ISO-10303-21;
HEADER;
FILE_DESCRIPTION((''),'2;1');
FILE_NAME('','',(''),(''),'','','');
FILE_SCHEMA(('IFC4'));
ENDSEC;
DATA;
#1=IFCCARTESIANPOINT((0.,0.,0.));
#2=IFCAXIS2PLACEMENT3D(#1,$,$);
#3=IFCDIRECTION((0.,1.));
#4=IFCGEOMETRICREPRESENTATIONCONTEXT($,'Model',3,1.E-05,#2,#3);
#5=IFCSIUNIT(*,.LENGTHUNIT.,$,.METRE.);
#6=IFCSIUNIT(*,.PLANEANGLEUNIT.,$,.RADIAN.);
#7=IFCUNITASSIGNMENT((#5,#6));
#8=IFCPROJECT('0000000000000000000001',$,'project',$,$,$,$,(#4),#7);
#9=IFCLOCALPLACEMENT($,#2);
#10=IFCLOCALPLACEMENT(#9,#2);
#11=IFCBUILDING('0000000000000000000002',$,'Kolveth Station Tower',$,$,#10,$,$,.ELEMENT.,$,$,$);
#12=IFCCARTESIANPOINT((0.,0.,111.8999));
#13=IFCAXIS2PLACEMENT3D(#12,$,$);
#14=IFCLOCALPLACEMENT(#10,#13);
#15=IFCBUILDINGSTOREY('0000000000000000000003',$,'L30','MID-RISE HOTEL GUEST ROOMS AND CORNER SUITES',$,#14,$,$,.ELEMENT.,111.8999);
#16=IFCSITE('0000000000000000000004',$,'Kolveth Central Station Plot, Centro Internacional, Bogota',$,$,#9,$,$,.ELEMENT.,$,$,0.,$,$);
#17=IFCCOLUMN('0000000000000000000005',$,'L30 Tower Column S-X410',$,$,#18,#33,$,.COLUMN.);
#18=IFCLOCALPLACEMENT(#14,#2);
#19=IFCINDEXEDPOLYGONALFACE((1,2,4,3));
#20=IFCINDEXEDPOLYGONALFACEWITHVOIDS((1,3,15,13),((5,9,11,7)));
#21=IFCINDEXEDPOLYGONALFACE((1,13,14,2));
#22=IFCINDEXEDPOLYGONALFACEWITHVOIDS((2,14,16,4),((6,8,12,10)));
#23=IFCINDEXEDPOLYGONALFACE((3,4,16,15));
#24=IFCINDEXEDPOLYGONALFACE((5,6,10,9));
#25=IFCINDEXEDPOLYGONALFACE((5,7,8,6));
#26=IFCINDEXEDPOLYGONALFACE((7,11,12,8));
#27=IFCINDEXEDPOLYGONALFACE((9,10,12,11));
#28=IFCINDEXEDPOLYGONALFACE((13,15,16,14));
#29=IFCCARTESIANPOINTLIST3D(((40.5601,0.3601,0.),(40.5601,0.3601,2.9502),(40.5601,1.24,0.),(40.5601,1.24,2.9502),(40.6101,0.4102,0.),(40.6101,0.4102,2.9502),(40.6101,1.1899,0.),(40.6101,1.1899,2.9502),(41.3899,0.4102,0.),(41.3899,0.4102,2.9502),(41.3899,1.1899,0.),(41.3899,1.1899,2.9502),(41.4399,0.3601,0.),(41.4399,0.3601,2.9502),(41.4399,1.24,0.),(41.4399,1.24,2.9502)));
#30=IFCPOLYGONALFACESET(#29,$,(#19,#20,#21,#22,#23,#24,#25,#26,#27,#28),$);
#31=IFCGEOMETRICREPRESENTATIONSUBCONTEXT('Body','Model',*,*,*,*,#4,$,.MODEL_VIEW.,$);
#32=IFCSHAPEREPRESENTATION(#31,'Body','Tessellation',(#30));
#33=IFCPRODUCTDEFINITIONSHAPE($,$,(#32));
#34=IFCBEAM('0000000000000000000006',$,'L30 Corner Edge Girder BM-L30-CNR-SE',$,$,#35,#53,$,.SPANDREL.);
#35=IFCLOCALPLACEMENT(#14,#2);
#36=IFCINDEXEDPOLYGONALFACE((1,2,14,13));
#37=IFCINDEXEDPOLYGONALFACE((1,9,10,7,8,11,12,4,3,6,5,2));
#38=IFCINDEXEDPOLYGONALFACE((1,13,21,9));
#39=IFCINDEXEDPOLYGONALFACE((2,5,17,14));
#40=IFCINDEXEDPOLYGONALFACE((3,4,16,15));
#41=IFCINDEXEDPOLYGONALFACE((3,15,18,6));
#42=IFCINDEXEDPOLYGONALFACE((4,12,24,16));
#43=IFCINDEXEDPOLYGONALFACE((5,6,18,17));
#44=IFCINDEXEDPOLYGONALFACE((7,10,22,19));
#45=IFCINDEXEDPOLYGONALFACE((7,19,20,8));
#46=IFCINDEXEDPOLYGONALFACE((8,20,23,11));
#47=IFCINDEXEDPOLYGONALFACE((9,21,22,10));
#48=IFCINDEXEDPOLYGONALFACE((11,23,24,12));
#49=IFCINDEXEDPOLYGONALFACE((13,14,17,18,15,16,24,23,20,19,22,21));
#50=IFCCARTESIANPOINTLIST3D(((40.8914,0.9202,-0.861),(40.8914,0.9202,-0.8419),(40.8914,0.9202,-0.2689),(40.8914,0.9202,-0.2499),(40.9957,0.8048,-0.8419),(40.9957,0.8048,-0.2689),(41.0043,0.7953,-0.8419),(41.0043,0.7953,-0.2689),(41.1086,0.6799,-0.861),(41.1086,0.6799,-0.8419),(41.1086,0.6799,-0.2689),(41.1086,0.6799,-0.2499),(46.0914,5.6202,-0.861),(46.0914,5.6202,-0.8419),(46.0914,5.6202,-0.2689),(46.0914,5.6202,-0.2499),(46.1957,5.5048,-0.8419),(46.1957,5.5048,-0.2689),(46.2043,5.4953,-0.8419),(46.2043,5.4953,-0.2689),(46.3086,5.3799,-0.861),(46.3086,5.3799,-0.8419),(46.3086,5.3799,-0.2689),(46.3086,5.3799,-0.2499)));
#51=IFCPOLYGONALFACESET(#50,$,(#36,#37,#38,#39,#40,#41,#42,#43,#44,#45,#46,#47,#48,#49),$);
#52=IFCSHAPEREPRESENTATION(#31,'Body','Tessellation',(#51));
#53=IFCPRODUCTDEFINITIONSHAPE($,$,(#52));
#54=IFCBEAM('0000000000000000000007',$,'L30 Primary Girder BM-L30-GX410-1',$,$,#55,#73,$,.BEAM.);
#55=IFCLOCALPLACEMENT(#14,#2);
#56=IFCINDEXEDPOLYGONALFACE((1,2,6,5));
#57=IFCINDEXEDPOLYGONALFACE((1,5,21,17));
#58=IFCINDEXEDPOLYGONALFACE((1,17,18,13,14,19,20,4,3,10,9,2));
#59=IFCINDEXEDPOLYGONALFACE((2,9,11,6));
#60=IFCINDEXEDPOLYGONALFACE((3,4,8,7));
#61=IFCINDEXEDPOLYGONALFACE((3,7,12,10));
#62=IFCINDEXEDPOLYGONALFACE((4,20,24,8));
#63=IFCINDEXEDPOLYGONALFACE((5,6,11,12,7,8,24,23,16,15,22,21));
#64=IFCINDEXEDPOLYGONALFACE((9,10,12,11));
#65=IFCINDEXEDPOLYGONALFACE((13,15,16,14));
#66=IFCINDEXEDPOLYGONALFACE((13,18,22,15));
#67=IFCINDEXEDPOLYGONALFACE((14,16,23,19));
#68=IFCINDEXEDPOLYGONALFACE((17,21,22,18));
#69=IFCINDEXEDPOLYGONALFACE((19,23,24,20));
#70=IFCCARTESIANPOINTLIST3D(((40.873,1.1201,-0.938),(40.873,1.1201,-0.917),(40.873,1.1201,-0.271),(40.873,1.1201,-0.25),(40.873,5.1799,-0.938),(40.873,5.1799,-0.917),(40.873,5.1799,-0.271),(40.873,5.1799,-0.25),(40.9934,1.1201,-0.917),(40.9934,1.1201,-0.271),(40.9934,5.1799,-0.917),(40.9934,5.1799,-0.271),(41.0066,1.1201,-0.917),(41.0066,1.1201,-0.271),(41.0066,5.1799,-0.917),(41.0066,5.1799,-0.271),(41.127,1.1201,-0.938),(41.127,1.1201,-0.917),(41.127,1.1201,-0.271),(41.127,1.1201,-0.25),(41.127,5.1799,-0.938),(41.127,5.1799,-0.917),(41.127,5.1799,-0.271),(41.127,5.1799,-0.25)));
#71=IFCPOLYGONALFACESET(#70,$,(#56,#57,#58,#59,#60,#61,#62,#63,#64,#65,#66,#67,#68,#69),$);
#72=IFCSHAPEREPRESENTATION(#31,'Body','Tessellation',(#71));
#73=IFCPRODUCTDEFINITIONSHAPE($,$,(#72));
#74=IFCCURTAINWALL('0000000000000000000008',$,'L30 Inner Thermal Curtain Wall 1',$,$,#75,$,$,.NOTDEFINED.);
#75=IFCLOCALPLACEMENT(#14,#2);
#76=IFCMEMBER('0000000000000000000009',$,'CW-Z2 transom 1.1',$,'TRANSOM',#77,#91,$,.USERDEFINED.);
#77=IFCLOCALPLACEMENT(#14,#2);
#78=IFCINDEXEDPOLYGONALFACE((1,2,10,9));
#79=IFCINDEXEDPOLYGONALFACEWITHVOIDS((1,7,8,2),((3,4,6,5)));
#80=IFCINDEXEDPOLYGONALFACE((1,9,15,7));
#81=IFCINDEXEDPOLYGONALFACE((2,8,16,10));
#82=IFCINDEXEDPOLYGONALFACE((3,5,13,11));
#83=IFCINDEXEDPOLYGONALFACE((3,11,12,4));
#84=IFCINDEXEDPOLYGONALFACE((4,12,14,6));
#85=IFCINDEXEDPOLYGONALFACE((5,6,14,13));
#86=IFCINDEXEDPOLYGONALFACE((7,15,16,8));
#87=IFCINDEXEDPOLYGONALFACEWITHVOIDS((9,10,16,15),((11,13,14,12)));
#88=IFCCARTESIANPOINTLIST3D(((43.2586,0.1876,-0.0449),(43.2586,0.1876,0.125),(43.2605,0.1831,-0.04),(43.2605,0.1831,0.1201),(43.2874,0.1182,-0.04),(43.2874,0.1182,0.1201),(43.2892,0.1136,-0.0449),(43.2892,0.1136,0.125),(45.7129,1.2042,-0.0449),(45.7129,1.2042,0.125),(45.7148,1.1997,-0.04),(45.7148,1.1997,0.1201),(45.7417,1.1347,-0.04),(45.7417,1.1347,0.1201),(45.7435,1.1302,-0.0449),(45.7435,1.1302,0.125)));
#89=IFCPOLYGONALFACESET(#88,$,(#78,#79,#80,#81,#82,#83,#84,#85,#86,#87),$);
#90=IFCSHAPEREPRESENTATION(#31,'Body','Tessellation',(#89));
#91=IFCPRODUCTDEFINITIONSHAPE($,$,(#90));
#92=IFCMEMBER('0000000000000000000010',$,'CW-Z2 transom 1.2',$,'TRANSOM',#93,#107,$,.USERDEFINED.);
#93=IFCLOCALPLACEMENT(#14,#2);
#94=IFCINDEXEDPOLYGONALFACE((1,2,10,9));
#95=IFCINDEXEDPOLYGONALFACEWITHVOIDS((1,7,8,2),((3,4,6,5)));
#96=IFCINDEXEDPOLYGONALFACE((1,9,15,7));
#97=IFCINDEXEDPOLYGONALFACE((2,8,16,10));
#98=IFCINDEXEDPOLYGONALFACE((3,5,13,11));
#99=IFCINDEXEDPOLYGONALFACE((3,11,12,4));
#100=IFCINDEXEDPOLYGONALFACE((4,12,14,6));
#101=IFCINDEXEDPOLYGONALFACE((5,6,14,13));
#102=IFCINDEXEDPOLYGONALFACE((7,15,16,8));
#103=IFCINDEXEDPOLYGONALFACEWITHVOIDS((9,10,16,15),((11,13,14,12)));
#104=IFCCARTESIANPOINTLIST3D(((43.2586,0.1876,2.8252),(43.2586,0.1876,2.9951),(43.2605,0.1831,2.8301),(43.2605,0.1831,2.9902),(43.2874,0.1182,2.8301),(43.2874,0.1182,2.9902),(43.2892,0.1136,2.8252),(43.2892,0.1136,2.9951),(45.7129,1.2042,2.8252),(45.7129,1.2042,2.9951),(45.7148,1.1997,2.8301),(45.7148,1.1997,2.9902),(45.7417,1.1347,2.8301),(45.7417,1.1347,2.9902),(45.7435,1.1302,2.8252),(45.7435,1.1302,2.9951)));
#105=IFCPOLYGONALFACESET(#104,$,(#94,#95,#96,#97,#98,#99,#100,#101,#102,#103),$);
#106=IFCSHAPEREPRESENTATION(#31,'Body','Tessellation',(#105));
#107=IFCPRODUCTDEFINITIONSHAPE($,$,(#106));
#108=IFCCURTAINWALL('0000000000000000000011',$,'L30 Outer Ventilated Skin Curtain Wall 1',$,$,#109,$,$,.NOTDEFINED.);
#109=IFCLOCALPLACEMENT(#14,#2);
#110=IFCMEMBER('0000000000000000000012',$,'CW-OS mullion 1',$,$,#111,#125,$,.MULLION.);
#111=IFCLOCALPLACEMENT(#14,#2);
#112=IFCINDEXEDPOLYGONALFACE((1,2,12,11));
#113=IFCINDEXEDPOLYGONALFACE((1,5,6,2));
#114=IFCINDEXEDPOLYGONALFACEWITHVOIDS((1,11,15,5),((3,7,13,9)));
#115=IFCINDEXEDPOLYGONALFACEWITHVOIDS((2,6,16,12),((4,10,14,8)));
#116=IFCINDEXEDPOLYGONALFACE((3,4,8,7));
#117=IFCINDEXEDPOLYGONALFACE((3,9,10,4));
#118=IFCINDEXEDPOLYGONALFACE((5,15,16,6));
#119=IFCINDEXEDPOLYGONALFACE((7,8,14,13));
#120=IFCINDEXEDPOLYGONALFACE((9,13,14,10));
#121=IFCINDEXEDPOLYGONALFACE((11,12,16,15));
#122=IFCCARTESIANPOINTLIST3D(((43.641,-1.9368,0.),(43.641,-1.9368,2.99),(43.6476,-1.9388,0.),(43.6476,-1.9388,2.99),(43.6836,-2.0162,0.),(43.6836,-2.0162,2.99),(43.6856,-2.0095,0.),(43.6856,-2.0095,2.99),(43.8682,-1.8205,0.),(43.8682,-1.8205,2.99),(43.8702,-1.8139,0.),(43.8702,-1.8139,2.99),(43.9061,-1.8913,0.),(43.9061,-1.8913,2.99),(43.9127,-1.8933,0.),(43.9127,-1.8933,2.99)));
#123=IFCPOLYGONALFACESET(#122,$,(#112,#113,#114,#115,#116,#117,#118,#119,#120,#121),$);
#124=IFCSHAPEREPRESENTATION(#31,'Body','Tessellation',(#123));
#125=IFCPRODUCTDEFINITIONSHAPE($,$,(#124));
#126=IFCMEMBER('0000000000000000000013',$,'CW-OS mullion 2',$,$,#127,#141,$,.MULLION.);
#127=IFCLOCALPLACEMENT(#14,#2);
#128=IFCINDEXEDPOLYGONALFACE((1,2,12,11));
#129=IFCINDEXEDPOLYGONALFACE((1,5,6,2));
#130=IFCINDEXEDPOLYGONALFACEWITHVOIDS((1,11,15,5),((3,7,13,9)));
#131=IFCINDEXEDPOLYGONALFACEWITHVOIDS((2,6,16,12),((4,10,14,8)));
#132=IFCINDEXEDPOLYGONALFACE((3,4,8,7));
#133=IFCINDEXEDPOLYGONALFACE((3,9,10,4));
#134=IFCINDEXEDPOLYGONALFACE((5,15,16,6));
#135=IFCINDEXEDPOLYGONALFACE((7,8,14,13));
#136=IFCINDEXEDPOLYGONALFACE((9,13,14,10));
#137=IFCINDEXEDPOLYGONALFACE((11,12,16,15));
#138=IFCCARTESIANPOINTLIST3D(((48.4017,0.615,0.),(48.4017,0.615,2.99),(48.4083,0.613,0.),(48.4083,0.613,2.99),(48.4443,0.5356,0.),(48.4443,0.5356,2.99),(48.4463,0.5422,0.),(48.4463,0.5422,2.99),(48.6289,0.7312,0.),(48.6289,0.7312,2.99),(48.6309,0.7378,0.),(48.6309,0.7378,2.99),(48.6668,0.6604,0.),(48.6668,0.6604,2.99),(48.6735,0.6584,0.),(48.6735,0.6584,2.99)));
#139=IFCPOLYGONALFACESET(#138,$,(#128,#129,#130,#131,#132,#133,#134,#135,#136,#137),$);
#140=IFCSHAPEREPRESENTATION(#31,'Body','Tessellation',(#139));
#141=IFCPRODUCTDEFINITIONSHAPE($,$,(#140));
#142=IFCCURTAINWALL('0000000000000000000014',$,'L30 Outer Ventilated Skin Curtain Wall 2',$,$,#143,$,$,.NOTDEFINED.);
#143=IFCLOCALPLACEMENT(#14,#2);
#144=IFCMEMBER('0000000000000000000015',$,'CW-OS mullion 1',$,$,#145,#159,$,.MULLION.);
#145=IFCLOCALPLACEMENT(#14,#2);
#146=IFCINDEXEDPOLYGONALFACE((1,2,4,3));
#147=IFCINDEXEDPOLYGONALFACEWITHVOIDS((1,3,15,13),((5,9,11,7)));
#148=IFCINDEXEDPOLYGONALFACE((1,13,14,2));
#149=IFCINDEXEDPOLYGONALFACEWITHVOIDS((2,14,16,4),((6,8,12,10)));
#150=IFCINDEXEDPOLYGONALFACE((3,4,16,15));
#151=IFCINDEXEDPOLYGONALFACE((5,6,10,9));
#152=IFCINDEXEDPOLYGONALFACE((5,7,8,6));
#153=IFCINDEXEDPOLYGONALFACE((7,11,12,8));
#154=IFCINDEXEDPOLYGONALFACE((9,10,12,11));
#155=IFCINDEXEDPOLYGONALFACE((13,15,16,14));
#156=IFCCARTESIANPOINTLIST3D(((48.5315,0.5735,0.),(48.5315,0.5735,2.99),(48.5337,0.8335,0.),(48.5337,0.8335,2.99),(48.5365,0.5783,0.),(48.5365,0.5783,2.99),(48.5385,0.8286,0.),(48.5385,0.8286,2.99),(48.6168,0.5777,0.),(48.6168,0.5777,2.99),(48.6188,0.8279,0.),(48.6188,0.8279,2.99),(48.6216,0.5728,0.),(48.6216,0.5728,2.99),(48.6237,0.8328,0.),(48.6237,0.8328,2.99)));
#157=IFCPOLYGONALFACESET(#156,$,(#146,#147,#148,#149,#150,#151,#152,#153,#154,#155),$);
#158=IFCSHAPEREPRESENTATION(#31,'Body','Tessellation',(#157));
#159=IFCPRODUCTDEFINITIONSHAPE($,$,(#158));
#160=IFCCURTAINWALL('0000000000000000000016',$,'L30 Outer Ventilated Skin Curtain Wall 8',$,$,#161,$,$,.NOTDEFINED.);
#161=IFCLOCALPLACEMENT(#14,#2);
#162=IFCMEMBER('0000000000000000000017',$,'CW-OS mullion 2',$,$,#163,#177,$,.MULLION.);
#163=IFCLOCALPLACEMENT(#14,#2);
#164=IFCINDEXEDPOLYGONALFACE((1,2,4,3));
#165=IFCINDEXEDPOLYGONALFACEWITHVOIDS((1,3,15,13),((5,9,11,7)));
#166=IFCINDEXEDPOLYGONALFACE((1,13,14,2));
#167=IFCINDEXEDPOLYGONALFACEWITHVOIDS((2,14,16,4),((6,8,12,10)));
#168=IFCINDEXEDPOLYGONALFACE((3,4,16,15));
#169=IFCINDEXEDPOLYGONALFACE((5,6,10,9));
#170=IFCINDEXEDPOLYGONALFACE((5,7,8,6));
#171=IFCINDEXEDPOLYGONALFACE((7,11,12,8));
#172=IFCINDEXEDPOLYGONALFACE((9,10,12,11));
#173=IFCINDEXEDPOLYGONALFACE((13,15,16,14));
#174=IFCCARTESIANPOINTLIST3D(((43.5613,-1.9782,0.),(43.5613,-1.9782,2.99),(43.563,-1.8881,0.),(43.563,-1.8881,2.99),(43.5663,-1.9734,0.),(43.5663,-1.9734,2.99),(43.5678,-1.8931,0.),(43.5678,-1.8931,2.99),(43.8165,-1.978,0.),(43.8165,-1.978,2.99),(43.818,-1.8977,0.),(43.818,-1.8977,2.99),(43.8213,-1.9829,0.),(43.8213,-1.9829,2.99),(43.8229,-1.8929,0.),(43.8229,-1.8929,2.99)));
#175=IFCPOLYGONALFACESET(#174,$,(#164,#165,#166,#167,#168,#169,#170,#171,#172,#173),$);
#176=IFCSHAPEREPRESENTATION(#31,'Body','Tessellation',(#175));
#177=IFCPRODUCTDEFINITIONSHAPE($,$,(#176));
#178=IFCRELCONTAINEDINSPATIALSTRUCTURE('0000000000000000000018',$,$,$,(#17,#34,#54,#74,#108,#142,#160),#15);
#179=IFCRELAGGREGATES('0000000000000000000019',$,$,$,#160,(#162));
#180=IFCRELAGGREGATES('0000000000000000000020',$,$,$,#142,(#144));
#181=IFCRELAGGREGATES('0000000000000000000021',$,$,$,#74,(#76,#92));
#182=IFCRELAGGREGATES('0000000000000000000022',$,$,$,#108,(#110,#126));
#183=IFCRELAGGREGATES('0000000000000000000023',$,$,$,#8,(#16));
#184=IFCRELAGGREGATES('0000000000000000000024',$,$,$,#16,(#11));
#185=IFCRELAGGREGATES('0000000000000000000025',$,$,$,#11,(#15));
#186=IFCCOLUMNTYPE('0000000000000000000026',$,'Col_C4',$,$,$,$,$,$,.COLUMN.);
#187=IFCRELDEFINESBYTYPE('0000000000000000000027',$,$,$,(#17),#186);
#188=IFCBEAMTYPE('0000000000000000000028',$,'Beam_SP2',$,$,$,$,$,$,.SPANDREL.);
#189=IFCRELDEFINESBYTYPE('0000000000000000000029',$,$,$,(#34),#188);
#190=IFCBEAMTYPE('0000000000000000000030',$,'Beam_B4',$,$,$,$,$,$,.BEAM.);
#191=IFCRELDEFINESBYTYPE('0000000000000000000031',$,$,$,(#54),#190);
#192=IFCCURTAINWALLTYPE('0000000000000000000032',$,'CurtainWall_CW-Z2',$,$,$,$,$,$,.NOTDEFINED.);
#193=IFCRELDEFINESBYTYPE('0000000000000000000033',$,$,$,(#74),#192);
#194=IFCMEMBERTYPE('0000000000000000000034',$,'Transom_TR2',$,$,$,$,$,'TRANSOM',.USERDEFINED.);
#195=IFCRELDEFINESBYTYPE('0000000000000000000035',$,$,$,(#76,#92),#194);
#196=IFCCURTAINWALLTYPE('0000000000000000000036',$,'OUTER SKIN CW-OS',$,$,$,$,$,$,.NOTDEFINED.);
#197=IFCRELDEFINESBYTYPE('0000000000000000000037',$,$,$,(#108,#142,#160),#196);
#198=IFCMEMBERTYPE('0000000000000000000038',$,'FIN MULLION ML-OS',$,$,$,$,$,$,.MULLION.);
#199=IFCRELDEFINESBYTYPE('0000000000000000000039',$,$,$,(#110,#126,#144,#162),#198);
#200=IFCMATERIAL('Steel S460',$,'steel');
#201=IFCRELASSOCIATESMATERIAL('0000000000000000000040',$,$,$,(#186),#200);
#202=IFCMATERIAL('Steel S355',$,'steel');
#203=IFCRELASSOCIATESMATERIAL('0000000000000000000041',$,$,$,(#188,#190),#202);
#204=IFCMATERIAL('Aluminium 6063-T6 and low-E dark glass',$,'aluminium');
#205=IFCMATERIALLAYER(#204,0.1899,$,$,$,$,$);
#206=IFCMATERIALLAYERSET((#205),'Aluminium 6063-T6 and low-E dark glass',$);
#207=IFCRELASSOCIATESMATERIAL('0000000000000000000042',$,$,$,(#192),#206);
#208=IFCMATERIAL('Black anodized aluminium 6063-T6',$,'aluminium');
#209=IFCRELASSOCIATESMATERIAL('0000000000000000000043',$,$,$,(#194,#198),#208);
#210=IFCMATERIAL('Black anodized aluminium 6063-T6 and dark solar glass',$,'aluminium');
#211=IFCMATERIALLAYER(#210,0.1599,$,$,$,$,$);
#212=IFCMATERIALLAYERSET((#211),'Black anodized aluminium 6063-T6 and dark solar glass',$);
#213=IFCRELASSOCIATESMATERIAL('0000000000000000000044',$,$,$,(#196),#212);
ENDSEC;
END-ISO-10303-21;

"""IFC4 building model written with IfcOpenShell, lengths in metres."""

from ifc_helpers import new_model, si_unit, direction, frame, origin, origin_2d, place, context, subcontext, project, spatial, hollow_rectangle, i_section, extrude, source, transform, mapped, material, layer, layer_set, material_profile, profile_set, type_object, element, aggregate, save


model = new_model("IFC4")

# Units and contexts
model_context = context("Model", 3, precision=1e-05, world=origin(), true_north=direction((0.0, 1.0)))
body_context = subcontext(model_context, "Body", "Model", "MODEL_VIEW")
ifc_project = project(units=[si_unit("LENGTHUNIT", "METRE"), si_unit("PLANEANGLEUNIT", "RADIAN")], contexts=[model_context])

# Site, building, storey
site_placement = place(None, origin())
site = spatial("IfcSite", under=ifc_project, at=site_placement, Name="Kolveth Central Station Plot, Centro Internacional, Bogota", CompositionType="ELEMENT", RefElevation=0.0)
building_placement = place(site_placement, origin())
building = spatial("IfcBuilding", under=site, at=building_placement, Name="Kolveth Station Tower", CompositionType="ELEMENT")
storey_placement = place(building_placement, frame((0.0, 0.0, 111.8999)))
storey = spatial("IfcBuildingStorey", under=building, at=storey_placement, Name="L30", Description="MID-RISE HOTEL GUEST ROOMS AND CORNER SUITES", CompositionType="ELEMENT", Elevation=111.8999)

# Column
ifc_material_1 = material(Name="Steel S460", Category="steel")
ifc_material_profile_1 = material_profile(ifc_material_1, hollow_rectangle(XDim=0.8799, YDim=0.8799, WallThickness=0.05, at=origin_2d()), Name="BOX880x880x50")
ifc_profile_set_1 = profile_set([ifc_material_profile_1], Name="Steel S460")
column_type = type_object("IfcColumnType", Name="Col_C4", PredefinedType="COLUMN", material=ifc_profile_set_1)
shared_shape_1 = source(origin(), body_context, "Body", "SweptSolid", [
    extrude(hollow_rectangle(XDim=0.8799, YDim=0.8799, WallThickness=0.05, at=origin_2d()), origin(), (0.0, 0.0, 1.0), 2.9502),
])
column_placement = place(storey_placement, frame((41.0, 0.8, 0.0), z_axis=(0.0, 0.0, 1.0), x_axis=(1.0, 0.0, 0.0)))
element("IfcColumn", 1, at=column_placement, inside=storey, type_object=column_type, Name="L30 Tower Column S-X410", PredefinedType="COLUMN", context=body_context, shape_type="MappedRepresentation", body=[
    mapped(shared_shape_1, transform((0.0, 0.0, 0.0), x_axis=(1.0, 0.0, 0.0), y_axis=(0.0, 1.0, 0.0), z_axis=(0.0, 0.0, 1.0), scale=1.0)),
])

# Beams
ifc_material_2 = material(Name="Steel S355", Category="steel")
ifc_material_profile_2 = material_profile(ifc_material_2, i_section(OverallWidth=0.324, OverallDepth=0.6111, WebThickness=0.0127, FlangeThickness=0.019, at=origin_2d()), Name="W610x155")
ifc_profile_set_2 = profile_set([ifc_material_profile_2], Name="Steel S355")
beam_type_1 = type_object("IfcBeamType", Name="Beam_SP2", PredefinedType="SPANDREL", material=ifc_profile_set_2)
shared_shape_2 = source(origin(), body_context, "Body", "SweptSolid", [
    extrude(i_section(OverallWidth=0.324, OverallDepth=0.6111, WebThickness=0.0127, FlangeThickness=0.019, at=origin_2d()), origin(), (0.0, 0.0, 1.0), 7.0093),
])
beam_1_placement = place(storey_placement, frame((41.0, 0.8, -0.5554), z_axis=(0.741874, 0.670539, 0.0), x_axis=(-0.670539, 0.741874, 0.0)))
element("IfcBeam", 2, at=beam_1_placement, inside=storey, type_object=beam_type_1, Name="L30 Corner Edge Girder BM-L30-CNR-SE", PredefinedType="SPANDREL", context=body_context, shape_type="MappedRepresentation", body=[
    mapped(shared_shape_2, transform((0.0, 0.0, 0.0), x_axis=(1.0, 0.0, 0.0), y_axis=(0.0, 1.0, 0.0), z_axis=(0.0, 0.0, 1.0), scale=1.0)),
])
ifc_material_profile_3 = material_profile(ifc_material_2, i_section(OverallWidth=0.2539, OverallDepth=0.688, WebThickness=0.0132, FlangeThickness=0.021, at=origin_2d()), Name="W690x152")
ifc_profile_set_3 = profile_set([ifc_material_profile_3], Name="Steel S355")
beam_type_2 = type_object("IfcBeamType", Name="Beam_B4", PredefinedType="BEAM", material=ifc_profile_set_3)
shared_shape_3 = source(origin(), body_context, "Body", "SweptSolid", [
    extrude(i_section(OverallWidth=0.2539, OverallDepth=0.688, WebThickness=0.0132, FlangeThickness=0.021, at=origin_2d()), origin(), (0.0, 0.0, 1.0), 4.0598),
])
beam_2_placement = place(storey_placement, frame((41.0, 1.1201, -0.594), z_axis=(0.0, 1.0, 0.0), x_axis=(-1.0, 0.0, 0.0)))
element("IfcBeam", 3, at=beam_2_placement, inside=storey, type_object=beam_type_2, Name="L30 Primary Girder BM-L30-GX410-1", PredefinedType="BEAM", context=body_context, shape_type="MappedRepresentation", body=[
    mapped(shared_shape_3, transform((0.0, 0.0, 0.0), x_axis=(1.0, 0.0, 0.0), y_axis=(0.0, 1.0, 0.0), z_axis=(0.0, 0.0, 1.0), scale=1.0)),
])

# Curtain walls, members
ifc_material_3 = material(Name="Aluminium 6063-T6 and low-E dark glass", Category="aluminium")
ifc_layer_1 = layer(ifc_material_3, 0.1899)
ifc_layer_set_1 = layer_set([ifc_layer_1], Name="Aluminium 6063-T6 and low-E dark glass")
curtain_wall_type_1 = type_object("IfcCurtainWallType", Name="CurtainWall_CW-Z2", PredefinedType="NOTDEFINED", material=ifc_layer_set_1)
curtain_wall_1_placement = place(storey_placement, origin())
curtain_wall_1 = element("IfcCurtainWall", 4, at=curtain_wall_1_placement, inside=storey, type_object=curtain_wall_type_1, Name="L30 Inner Thermal Curtain Wall 1", PredefinedType="NOTDEFINED")
ifc_material_4 = material(Name="Black anodized aluminium 6063-T6", Category="aluminium")
ifc_material_profile_4 = material_profile(ifc_material_4, hollow_rectangle(XDim=0.0801, YDim=0.1699, WallThickness=0.0049, at=origin_2d()), Name="ALU-80x170x5")
ifc_profile_set_4 = profile_set([ifc_material_profile_4], Name="Black anodized aluminium 6063-T6")
member_type_1 = type_object("IfcMemberType", Name="Transom_TR2", ElementType="TRANSOM", PredefinedType="USERDEFINED", material=ifc_profile_set_4)
shared_shape_4 = source(origin(), body_context, "Body", "SweptSolid", [
    extrude(hollow_rectangle(XDim=0.0801, YDim=0.1699, WallThickness=0.0049, at=origin_2d()), origin(), (0.0, 0.0, 1.0), 2.6565),
])
member_1_placement = place(storey_placement, frame((43.2739, 0.1506, 0.04), z_axis=(0.923882, 0.382676, 0.0), x_axis=(-0.382676, 0.923882, 0.0)))
member_1 = element("IfcMember", 5, at=member_1_placement, type_object=member_type_1, Name="CW-Z2 transom 1.1", ObjectType="TRANSOM", PredefinedType="USERDEFINED", context=body_context, shape_type="MappedRepresentation", body=[
    mapped(shared_shape_4, transform((0.0, 0.0, 0.0), x_axis=(1.0, 0.0, 0.0), y_axis=(0.0, 1.0, 0.0), z_axis=(0.0, 0.0, 1.0), scale=1.0)),
])
member_2_placement = place(storey_placement, frame((43.2739, 0.1506, 2.9102), z_axis=(0.923882, 0.382676, 0.0), x_axis=(-0.382676, 0.923882, 0.0)))
member_2 = element("IfcMember", 6, at=member_2_placement, type_object=member_type_1, Name="CW-Z2 transom 1.2", ObjectType="TRANSOM", PredefinedType="USERDEFINED", context=body_context, shape_type="MappedRepresentation", body=[
    mapped(shared_shape_4, transform((0.0, 0.0, 0.0), x_axis=(1.0, 0.0, 0.0), y_axis=(0.0, 1.0, 0.0), z_axis=(0.0, 0.0, 1.0), scale=1.0)),
])
ifc_material_5 = material(Name="Black anodized aluminium 6063-T6 and dark solar glass", Category="aluminium")
ifc_layer_2 = layer(ifc_material_5, 0.1599)
ifc_layer_set_2 = layer_set([ifc_layer_2], Name="Black anodized aluminium 6063-T6 and dark solar glass")
curtain_wall_type_2 = type_object("IfcCurtainWallType", Name="OUTER SKIN CW-OS", PredefinedType="NOTDEFINED", material=ifc_layer_set_2)
curtain_wall_2_placement = place(storey_placement, origin())
curtain_wall_2 = element("IfcCurtainWall", 7, at=curtain_wall_2_placement, inside=storey, type_object=curtain_wall_type_2, Name="L30 Outer Ventilated Skin Curtain Wall 1", PredefinedType="NOTDEFINED")
ifc_material_profile_5 = material_profile(ifc_material_4, hollow_rectangle(XDim=0.0901, YDim=0.26, WallThickness=0.0049, at=origin_2d()), Name="ALU-90x260x5")
ifc_profile_set_5 = profile_set([ifc_material_profile_5], Name="Black anodized aluminium 6063-T6")
member_type_2 = type_object("IfcMemberType", Name="FIN MULLION ML-OS", PredefinedType="MULLION", material=ifc_profile_set_5)
shared_shape_5 = source(origin(), body_context, "Body", "SweptSolid", [
    extrude(hollow_rectangle(XDim=0.0901, YDim=0.26, WallThickness=0.0049, at=origin_2d()), origin(), (0.0, 0.0, 1.0), 2.99),
])
member_3_placement = place(storey_placement, frame((43.7769, -1.915, 0.0), z_axis=(0.0, 0.0, 1.0), x_axis=(-0.472446, 0.881359, 0.0)))
member_3 = element("IfcMember", 8, at=member_3_placement, type_object=member_type_2, Name="CW-OS mullion 1", PredefinedType="MULLION", context=body_context, shape_type="MappedRepresentation", body=[
    mapped(shared_shape_5, transform((0.0, 0.0, 0.0), x_axis=(1.0, 0.0, 0.0), y_axis=(0.0, 1.0, 0.0), z_axis=(0.0, 0.0, 1.0), scale=1.0)),
])
member_4_placement = place(storey_placement, frame((48.5376, 0.6367, 0.0), z_axis=(0.0, 0.0, 1.0), x_axis=(-0.472446, 0.881359, 0.0)))
member_4 = element("IfcMember", 9, at=member_4_placement, type_object=member_type_2, Name="CW-OS mullion 2", PredefinedType="MULLION", context=body_context, shape_type="MappedRepresentation", body=[
    mapped(shared_shape_5, transform((0.0, 0.0, 0.0), x_axis=(1.0, 0.0, 0.0), y_axis=(0.0, 1.0, 0.0), z_axis=(0.0, 0.0, 1.0), scale=1.0)),
])

# Curtain walls, members
curtain_wall_3_placement = place(storey_placement, origin())
curtain_wall_3 = element("IfcCurtainWall", 10, at=curtain_wall_3_placement, inside=storey, type_object=curtain_wall_type_2, Name="L30 Outer Ventilated Skin Curtain Wall 2", PredefinedType="NOTDEFINED")
member_5_placement = place(storey_placement, frame((48.5776, 0.7031, 0.0), z_axis=(0.0, 0.0, 1.0), x_axis=(-0.999967, 0.008153, 0.0)))
member_5 = element("IfcMember", 11, at=member_5_placement, type_object=member_type_2, Name="CW-OS mullion 1", PredefinedType="MULLION", context=body_context, shape_type="MappedRepresentation", body=[
    mapped(shared_shape_5, transform((0.0, 0.0, 0.0), x_axis=(1.0, 0.0, 0.0), y_axis=(0.0, 1.0, 0.0), z_axis=(0.0, 0.0, 1.0), scale=1.0)),
])
curtain_wall_4_placement = place(storey_placement, origin())
curtain_wall_4 = element("IfcCurtainWall", 12, at=curtain_wall_4_placement, inside=storey, type_object=curtain_wall_type_2, Name="L30 Outer Ventilated Skin Curtain Wall 8", PredefinedType="NOTDEFINED")
member_6_placement = place(storey_placement, frame((43.6921, -1.9355, 0.0), z_axis=(0.0, 0.0, 1.0), x_axis=(0.018161, 0.999835, 0.0)))
member_6 = element("IfcMember", 13, at=member_6_placement, type_object=member_type_2, Name="CW-OS mullion 2", PredefinedType="MULLION", context=body_context, shape_type="MappedRepresentation", body=[
    mapped(shared_shape_5, transform((0.0, 0.0, 0.0), x_axis=(1.0, 0.0, 0.0), y_axis=(0.0, 1.0, 0.0), z_axis=(0.0, 0.0, 1.0), scale=1.0)),
])
aggregate(curtain_wall_4, [member_6])

aggregate(curtain_wall_3, [member_5])

aggregate(curtain_wall_1, [member_1, member_2])
aggregate(curtain_wall_2, [member_3, member_4])

save(model, "model.ifc")
